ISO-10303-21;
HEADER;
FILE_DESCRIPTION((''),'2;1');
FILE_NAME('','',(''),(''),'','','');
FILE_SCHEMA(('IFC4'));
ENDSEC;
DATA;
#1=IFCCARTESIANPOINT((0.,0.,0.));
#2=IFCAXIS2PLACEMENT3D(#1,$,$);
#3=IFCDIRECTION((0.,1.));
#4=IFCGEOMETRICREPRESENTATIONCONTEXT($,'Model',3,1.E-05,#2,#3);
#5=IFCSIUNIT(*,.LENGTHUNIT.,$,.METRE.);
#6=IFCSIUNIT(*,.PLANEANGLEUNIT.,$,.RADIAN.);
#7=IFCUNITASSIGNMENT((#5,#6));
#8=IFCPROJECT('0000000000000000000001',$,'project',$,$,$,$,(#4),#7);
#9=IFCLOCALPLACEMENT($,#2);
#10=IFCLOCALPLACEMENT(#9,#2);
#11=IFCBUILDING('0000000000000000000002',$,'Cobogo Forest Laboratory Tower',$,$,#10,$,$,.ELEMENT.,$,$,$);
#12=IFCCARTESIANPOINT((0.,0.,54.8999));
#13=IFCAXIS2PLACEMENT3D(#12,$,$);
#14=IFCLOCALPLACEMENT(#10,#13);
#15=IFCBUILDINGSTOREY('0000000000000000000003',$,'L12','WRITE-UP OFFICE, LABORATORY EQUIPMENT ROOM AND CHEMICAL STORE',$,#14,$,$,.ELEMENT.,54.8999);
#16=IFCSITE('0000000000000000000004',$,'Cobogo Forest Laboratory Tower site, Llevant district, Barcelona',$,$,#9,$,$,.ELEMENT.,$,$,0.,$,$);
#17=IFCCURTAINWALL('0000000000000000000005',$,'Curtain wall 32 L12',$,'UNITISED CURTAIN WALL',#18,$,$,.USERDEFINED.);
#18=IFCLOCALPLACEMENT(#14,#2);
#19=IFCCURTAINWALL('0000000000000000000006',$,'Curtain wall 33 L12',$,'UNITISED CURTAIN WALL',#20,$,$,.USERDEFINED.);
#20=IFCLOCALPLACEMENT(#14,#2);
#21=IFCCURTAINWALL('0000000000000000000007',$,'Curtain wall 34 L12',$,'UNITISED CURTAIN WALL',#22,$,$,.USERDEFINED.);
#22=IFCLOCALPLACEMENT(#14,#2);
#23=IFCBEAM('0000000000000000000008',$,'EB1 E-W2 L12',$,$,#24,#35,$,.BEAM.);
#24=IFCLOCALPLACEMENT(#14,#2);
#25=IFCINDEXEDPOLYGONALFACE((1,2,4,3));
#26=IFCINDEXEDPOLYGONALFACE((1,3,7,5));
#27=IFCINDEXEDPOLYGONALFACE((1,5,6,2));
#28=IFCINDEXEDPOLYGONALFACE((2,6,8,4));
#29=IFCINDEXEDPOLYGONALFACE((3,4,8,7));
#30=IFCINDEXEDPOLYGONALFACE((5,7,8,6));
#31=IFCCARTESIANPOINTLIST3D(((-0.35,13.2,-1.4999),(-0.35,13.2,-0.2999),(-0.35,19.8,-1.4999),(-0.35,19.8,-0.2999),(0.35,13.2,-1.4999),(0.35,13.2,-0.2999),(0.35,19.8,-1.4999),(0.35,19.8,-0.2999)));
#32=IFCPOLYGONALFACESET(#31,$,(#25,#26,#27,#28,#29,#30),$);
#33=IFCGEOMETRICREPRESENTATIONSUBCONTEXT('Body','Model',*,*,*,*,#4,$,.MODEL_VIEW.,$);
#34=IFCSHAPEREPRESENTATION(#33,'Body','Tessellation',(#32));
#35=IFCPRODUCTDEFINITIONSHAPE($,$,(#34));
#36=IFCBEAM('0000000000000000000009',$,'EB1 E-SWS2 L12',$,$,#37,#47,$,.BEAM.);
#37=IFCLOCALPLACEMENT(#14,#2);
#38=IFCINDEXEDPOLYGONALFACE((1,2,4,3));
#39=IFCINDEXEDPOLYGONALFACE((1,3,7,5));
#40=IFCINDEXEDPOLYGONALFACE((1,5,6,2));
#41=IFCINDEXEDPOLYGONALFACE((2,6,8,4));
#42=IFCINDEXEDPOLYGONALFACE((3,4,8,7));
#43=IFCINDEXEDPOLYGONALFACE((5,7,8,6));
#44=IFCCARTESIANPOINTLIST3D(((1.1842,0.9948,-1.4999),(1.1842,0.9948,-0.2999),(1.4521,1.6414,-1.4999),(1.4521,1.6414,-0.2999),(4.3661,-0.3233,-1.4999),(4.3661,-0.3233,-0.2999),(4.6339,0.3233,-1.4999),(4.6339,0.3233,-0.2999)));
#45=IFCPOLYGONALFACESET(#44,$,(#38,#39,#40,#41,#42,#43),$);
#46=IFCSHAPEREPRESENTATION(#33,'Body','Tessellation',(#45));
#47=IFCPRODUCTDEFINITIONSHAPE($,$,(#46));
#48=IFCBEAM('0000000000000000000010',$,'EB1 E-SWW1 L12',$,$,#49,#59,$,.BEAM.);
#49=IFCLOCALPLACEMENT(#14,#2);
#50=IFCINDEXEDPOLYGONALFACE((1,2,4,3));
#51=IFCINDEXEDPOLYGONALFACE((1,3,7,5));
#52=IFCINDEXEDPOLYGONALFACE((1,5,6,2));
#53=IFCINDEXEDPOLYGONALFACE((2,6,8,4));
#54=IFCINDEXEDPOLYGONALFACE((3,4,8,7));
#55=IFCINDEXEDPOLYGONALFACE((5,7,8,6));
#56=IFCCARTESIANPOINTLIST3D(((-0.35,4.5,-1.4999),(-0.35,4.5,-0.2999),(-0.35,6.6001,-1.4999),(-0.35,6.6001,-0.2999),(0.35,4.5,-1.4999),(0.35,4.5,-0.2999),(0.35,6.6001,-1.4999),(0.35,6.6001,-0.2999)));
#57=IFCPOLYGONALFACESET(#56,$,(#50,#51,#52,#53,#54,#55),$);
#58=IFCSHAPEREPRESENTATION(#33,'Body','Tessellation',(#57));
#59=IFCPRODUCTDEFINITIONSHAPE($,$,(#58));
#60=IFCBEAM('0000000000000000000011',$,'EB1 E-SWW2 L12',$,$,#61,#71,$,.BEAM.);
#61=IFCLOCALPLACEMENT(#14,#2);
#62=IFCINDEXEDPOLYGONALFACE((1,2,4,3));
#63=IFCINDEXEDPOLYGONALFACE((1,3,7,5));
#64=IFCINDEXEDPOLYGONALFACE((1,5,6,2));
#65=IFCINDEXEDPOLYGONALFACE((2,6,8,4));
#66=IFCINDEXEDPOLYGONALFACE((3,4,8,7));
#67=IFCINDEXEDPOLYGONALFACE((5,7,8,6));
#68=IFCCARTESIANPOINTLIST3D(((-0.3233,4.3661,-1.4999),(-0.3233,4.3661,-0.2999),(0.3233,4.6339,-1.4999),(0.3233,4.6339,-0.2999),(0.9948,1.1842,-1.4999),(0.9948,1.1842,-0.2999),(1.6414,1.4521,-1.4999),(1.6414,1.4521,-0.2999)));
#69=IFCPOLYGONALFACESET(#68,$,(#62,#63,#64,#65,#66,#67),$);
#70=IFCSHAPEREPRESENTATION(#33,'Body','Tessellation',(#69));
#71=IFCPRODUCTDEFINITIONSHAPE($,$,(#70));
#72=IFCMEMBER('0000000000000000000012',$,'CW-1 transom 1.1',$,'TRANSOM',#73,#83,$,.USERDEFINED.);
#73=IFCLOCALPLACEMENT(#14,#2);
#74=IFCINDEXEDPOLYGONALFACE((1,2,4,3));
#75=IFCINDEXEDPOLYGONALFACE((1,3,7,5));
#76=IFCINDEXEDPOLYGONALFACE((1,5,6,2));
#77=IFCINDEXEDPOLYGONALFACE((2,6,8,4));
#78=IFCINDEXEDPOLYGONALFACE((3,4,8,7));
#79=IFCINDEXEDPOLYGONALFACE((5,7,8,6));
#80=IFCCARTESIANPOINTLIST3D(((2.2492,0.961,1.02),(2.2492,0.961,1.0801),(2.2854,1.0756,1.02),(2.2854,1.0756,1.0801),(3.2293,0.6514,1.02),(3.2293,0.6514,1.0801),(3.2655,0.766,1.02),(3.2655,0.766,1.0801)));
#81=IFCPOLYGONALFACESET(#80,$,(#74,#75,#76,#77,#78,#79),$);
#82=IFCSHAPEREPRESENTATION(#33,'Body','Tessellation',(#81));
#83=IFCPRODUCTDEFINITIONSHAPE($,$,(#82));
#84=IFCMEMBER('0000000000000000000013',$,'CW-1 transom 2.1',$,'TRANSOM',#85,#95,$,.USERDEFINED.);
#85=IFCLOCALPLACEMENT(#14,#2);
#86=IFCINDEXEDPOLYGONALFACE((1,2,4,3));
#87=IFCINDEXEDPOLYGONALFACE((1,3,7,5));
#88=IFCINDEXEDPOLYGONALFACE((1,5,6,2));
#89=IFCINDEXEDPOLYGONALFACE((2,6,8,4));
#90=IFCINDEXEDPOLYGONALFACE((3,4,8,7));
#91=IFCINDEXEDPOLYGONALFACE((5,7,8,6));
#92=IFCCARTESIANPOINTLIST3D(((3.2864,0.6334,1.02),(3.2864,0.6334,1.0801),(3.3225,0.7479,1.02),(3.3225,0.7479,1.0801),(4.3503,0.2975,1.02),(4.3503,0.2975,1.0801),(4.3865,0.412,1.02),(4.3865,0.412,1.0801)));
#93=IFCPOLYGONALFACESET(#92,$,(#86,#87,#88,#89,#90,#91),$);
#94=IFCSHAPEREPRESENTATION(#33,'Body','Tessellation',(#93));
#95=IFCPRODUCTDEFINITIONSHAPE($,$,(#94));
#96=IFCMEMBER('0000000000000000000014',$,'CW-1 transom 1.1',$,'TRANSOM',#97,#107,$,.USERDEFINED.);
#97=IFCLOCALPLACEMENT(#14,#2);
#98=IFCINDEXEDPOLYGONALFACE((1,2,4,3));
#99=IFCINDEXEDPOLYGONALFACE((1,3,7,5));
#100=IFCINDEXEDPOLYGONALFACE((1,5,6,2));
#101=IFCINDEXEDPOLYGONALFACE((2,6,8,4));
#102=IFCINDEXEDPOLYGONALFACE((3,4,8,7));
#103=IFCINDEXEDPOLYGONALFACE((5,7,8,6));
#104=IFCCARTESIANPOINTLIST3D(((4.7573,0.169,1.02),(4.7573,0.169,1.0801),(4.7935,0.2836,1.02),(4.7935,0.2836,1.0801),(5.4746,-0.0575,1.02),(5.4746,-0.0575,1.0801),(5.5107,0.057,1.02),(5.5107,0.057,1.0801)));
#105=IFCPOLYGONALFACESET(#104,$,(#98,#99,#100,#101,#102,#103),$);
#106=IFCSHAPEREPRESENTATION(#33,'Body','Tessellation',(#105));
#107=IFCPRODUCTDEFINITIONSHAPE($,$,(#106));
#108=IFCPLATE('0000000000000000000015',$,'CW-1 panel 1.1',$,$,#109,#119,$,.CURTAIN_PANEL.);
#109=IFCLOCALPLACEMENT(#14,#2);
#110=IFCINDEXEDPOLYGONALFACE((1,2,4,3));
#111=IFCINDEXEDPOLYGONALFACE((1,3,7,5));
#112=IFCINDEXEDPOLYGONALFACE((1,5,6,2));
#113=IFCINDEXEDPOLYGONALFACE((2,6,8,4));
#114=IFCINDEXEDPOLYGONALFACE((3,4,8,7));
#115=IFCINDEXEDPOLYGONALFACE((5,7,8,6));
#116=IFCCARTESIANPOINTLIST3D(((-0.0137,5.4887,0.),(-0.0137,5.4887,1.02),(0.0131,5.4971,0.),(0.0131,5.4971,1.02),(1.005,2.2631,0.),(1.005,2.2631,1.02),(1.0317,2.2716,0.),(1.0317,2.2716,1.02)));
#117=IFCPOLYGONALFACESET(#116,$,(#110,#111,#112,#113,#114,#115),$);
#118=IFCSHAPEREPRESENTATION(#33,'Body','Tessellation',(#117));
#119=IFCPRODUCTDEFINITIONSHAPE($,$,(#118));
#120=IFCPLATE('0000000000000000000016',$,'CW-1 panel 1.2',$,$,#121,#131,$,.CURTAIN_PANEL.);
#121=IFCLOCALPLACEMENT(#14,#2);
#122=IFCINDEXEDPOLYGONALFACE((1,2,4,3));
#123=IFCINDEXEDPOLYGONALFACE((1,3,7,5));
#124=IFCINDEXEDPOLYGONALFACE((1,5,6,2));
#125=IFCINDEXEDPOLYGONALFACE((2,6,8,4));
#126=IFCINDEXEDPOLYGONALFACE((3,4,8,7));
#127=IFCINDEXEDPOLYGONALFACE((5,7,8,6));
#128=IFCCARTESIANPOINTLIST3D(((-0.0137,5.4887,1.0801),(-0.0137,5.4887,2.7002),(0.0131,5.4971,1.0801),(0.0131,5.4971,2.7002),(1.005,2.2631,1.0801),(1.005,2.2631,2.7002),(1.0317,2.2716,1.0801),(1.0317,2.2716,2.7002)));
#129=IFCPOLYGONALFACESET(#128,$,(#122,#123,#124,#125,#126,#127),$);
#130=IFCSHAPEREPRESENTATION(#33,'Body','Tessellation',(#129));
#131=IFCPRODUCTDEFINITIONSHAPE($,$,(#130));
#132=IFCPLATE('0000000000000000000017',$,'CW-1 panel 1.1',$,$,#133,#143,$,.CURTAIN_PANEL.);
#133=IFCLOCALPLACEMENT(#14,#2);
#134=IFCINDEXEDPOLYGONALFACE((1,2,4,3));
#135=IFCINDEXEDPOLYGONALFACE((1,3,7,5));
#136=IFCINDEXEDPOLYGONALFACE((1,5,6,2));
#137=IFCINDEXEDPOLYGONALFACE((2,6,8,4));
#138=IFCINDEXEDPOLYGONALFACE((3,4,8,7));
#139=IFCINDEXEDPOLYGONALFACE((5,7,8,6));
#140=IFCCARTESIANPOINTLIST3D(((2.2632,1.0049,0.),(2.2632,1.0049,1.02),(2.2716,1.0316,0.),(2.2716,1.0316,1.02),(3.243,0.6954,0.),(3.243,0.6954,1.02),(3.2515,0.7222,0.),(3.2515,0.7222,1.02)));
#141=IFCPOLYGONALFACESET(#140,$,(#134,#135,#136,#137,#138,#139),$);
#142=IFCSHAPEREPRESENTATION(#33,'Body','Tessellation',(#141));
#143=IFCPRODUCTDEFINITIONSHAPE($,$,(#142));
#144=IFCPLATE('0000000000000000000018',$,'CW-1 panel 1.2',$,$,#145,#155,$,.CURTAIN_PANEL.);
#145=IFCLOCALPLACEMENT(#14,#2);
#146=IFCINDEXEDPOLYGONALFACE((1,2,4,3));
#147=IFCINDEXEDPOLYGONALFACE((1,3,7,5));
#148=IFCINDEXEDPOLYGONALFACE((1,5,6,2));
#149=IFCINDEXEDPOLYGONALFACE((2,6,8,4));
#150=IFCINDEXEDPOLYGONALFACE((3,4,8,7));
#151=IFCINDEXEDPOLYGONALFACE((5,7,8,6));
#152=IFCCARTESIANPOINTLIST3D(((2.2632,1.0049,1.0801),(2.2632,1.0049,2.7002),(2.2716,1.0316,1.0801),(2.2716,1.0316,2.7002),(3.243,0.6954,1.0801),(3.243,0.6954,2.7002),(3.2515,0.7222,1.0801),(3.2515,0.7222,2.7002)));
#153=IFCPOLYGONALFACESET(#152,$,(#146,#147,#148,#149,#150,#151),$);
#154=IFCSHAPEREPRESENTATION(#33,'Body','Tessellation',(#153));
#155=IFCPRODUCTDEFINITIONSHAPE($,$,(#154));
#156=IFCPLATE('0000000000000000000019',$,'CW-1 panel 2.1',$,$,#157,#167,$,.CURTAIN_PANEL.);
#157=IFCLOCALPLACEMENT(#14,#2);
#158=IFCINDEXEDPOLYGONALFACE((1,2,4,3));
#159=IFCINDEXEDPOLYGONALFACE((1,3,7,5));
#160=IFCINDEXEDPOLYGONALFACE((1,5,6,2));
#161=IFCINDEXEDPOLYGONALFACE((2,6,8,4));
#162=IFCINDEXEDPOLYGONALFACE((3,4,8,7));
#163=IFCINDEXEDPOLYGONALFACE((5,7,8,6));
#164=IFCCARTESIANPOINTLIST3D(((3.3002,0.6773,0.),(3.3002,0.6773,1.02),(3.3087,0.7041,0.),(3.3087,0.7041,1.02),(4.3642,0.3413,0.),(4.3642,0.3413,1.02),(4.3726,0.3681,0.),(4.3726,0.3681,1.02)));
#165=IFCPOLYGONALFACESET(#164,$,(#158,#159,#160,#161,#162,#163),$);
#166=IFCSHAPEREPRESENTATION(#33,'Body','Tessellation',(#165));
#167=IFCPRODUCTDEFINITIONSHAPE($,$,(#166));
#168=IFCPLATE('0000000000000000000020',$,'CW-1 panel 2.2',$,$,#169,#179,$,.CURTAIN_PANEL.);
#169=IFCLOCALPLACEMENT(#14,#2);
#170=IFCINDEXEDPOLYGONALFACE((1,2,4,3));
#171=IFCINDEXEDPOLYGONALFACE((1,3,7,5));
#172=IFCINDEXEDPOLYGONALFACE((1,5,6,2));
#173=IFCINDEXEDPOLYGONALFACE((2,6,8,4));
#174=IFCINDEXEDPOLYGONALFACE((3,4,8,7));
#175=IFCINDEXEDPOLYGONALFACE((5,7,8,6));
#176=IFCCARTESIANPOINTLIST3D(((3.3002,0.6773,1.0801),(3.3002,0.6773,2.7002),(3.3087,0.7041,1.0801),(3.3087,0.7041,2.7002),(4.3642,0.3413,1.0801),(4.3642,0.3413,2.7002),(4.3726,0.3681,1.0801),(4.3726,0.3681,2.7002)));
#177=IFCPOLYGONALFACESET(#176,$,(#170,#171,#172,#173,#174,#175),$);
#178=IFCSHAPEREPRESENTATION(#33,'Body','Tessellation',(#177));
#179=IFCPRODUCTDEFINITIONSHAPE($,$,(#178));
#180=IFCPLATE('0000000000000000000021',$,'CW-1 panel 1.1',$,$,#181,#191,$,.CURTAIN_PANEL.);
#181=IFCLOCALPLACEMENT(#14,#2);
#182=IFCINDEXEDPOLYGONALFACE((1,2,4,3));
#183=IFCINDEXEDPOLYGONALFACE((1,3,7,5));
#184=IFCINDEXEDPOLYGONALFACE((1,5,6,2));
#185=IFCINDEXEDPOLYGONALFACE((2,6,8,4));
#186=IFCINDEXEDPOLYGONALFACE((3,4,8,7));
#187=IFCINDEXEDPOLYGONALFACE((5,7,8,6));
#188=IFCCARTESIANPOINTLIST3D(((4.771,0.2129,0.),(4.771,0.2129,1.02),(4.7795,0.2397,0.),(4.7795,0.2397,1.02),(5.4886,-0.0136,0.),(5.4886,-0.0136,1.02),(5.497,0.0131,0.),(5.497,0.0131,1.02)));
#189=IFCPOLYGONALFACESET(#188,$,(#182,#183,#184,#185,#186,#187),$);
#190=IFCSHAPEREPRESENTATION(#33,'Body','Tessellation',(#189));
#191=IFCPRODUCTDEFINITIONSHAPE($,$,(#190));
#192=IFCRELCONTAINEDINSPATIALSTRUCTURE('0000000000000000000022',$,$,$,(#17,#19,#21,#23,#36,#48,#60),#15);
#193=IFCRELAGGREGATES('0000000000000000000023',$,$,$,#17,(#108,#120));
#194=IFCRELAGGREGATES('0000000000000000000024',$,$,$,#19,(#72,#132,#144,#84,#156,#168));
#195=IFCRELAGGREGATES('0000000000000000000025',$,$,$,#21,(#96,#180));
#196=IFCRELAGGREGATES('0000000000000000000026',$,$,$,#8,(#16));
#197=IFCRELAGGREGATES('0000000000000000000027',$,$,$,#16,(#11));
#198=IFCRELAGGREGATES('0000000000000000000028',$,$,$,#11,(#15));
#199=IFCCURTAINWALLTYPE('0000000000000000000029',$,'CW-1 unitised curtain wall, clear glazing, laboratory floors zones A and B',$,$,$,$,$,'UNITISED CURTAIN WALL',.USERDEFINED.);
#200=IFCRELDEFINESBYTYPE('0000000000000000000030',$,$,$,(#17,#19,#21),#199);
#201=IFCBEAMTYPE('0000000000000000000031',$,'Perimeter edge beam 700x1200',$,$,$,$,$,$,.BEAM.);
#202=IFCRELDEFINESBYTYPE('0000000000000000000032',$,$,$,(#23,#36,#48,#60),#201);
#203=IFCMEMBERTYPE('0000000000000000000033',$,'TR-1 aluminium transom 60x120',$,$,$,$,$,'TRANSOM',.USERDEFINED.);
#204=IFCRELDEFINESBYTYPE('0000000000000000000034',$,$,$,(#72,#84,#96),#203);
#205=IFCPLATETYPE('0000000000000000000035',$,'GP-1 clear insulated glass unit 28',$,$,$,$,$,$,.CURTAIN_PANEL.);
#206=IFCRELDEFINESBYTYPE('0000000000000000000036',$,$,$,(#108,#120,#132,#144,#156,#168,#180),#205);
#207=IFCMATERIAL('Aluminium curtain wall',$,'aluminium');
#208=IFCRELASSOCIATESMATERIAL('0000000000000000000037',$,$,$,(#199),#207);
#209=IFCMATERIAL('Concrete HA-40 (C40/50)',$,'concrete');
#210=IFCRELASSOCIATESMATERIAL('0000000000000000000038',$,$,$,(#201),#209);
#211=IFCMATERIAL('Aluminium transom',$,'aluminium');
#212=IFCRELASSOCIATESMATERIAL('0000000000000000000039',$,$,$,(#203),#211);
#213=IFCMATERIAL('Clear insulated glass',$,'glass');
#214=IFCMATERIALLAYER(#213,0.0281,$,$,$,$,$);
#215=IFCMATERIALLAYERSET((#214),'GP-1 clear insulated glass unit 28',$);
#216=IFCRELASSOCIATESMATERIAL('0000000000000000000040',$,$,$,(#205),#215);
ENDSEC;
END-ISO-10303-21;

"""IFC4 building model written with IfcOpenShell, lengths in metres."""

from ifc_helpers import new_model, si_unit, direction, frame, origin, origin_2d, place, context, subcontext, project, spatial, rectangle, extrude, material, layer, layer_set, material_profile, profile_set, type_object, element, aggregate, save


model = new_model("IFC4")

# Units and contexts
model_context = context("Model", 3, precision=1e-05, world=origin(), true_north=direction((0.0, 1.0)))
body_context = subcontext(model_context, "Body", "Model", "MODEL_VIEW")
ifc_project = project(units=[si_unit("LENGTHUNIT", "METRE"), si_unit("PLANEANGLEUNIT", "RADIAN")], contexts=[model_context])

# Site, building, storey
site_placement = place(None, origin())
site = spatial("IfcSite", under=ifc_project, at=site_placement, Name="Cobogo Forest Laboratory Tower site, Llevant district, Barcelona", CompositionType="ELEMENT", RefElevation=0.0)
building_placement = place(site_placement, origin())
building = spatial("IfcBuilding", under=site, at=building_placement, Name="Cobogo Forest Laboratory Tower", CompositionType="ELEMENT")
storey_placement = place(building_placement, frame((0.0, 0.0, 54.8999)))
storey = spatial("IfcBuildingStorey", under=building, at=storey_placement, Name="L12", Description="WRITE-UP OFFICE, LABORATORY EQUIPMENT ROOM AND CHEMICAL STORE", CompositionType="ELEMENT", Elevation=54.8999)

# Curtain wall
ifc_material_1 = material(Name="Aluminium curtain wall", Category="aluminium")
curtain_wall_type = type_object("IfcCurtainWallType", Name="CW-1 unitised curtain wall, clear glazing, laboratory floors zones A and B", ElementType="UNITISED CURTAIN WALL", PredefinedType="USERDEFINED", material=ifc_material_1)
curtain_wall_1_placement = place(storey_placement, origin())
curtain_wall_1 = element("IfcCurtainWall", 1, at=curtain_wall_1_placement, inside=storey, type_object=curtain_wall_type, Name="Curtain wall 32 L12", ObjectType="UNITISED CURTAIN WALL", PredefinedType="USERDEFINED")

# Curtain wall
curtain_wall_2_placement = place(storey_placement, origin())
curtain_wall_2 = element("IfcCurtainWall", 2, at=curtain_wall_2_placement, inside=storey, type_object=curtain_wall_type, Name="Curtain wall 33 L12", ObjectType="UNITISED CURTAIN WALL", PredefinedType="USERDEFINED")

# Curtain wall
curtain_wall_3_placement = place(storey_placement, origin())
curtain_wall_3 = element("IfcCurtainWall", 3, at=curtain_wall_3_placement, inside=storey, type_object=curtain_wall_type, Name="Curtain wall 34 L12", ObjectType="UNITISED CURTAIN WALL", PredefinedType="USERDEFINED")

# Beams
ifc_material_2 = material(Name="Concrete HA-40 (C40/50)", Category="concrete")
ifc_material_profile_1 = material_profile(ifc_material_2, rectangle(XDim=0.7, YDim=1.2, at=origin_2d()), Name="RC 700x1200")
ifc_profile_set_1 = profile_set([ifc_material_profile_1], Name="Concrete HA-40 (C40/50)")
beam_type_1 = type_object("IfcBeamType", Name="Perimeter edge beam 700x1200", PredefinedType="BEAM", material=ifc_profile_set_1)
beam_1_placement = place(storey_placement, frame((0.0, 13.2, -0.8999), z_axis=(0.0, 1.0, 0.0), x_axis=(-1.0, 0.0, 0.0)))
element("IfcBeam", 4, at=beam_1_placement, inside=storey, type_object=beam_type_1, Name="EB1 E-W2 L12", PredefinedType="BEAM", context=body_context, shape_type="SweptSolid", body=[
    extrude(rectangle(XDim=0.7, YDim=1.2, at=origin_2d()), origin(), (0.0, 0.0, 1.0), 6.6001),
])
beam_2_placement = place(storey_placement, frame((4.5, 0.0, -0.8999), z_axis=(-0.923866, 0.382717, 0.0), x_axis=(-0.382717, -0.923866, 0.0)))
element("IfcBeam", 5, at=beam_2_placement, inside=storey, type_object=beam_type_1, Name="EB1 E-SWS2 L12", PredefinedType="BEAM", context=body_context, shape_type="SweptSolid", body=[
    extrude(rectangle(XDim=0.7, YDim=1.2, at=origin_2d()), origin(), (0.0, 0.0, 1.0), 3.4441),
])
beam_3_placement = place(storey_placement, frame((0.0, 6.6001, -0.8999), z_axis=(0.0, -1.0, 0.0), x_axis=(1.0, 0.0, 0.0)))
element("IfcBeam", 6, at=beam_3_placement, inside=storey, type_object=beam_type_1, Name="EB1 E-SWW1 L12", PredefinedType="BEAM", context=body_context, shape_type="SweptSolid", body=[
    extrude(rectangle(XDim=0.7, YDim=1.2, at=origin_2d()), origin(), (0.0, 0.0, 1.0), 2.1001),
])
beam_4_placement = place(storey_placement, frame((0.0, 4.5, -0.8999), z_axis=(0.382717, -0.923866, 0.0), x_axis=(0.923866, 0.382717, 0.0)))
element("IfcBeam", 7, at=beam_4_placement, inside=storey, type_object=beam_type_1, Name="EB1 E-SWW2 L12", PredefinedType="BEAM", context=body_context, shape_type="SweptSolid", body=[
    extrude(rectangle(XDim=0.7, YDim=1.2, at=origin_2d()), origin(), (0.0, 0.0, 1.0), 3.4441),
])

# Members
ifc_material_3 = material(Name="Aluminium transom", Category="aluminium")
ifc_material_profile_2 = material_profile(ifc_material_3, rectangle(XDim=0.1201, YDim=0.0601, at=origin_2d()), Name="AL 60x120")
ifc_profile_set_2 = profile_set([ifc_material_profile_2], Name="Aluminium transom")
member_type_1 = type_object("IfcMemberType", Name="TR-1 aluminium transom 60x120", ElementType="TRANSOM", PredefinedType="USERDEFINED", material=ifc_profile_set_2)
member_1_placement = place(storey_placement, frame((2.2673, 1.0183, 1.05), z_axis=(0.953554, -0.301222, 0.0), x_axis=(0.301222, 0.953554, 0.0)))
member_1 = element("IfcMember", 8, at=member_1_placement, type_object=member_type_1, Name="CW-1 transom 1.1", ObjectType="TRANSOM", PredefinedType="USERDEFINED", context=body_context, shape_type="SweptSolid", body=[
    extrude(rectangle(XDim=0.1201, YDim=0.0601, at=origin_2d()), origin(), (0.0, 0.0, 1.0), 1.0278),
])
member_2_placement = place(storey_placement, frame((3.3044, 0.6907, 1.05), z_axis=(0.953596, -0.301089, 0.0), x_axis=(0.301089, 0.953596, 0.0)))
member_2 = element("IfcMember", 9, at=member_2_placement, type_object=member_type_1, Name="CW-1 transom 2.1", ObjectType="TRANSOM", PredefinedType="USERDEFINED", context=body_context, shape_type="SweptSolid", body=[
    extrude(rectangle(XDim=0.1201, YDim=0.0601, at=origin_2d()), origin(), (0.0, 0.0, 1.0), 1.1157),
])
member_3_placement = place(storey_placement, frame((4.7754, 0.2263, 1.05), z_axis=(0.953563, -0.301194, 0.0), x_axis=(0.301194, 0.953563, 0.0)))
member_3 = element("IfcMember", 10, at=member_3_placement, type_object=member_type_1, Name="CW-1 transom 1.1", ObjectType="TRANSOM", PredefinedType="USERDEFINED", context=body_context, shape_type="SweptSolid", body=[
    extrude(rectangle(XDim=0.1201, YDim=0.0601, at=origin_2d()), origin(), (0.0, 0.0, 1.0), 0.7522),
])

# Plates
ifc_material_4 = material(Name="Clear insulated glass", Category="glass")
ifc_layer_1 = layer(ifc_material_4, 0.0281)
ifc_layer_set_1 = layer_set([ifc_layer_1], Name="GP-1 clear insulated glass unit 28")
plate_type = type_object("IfcPlateType", Name="GP-1 clear insulated glass unit 28", PredefinedType="CURTAIN_PANEL", material=ifc_layer_set_1)
plate_1_placement = place(storey_placement, frame((0.509, 3.8801, 0.0), z_axis=(0.0, 0.0, 1.0), x_axis=(0.301135, -0.953581, 0.0)))
plate_1 = element("IfcPlate", 11, at=plate_1_placement, type_object=plate_type, Name="CW-1 panel 1.1", PredefinedType="CURTAIN_PANEL", context=body_context, shape_type="SweptSolid", body=[
    extrude(rectangle(XDim=3.3826, YDim=0.0281, at=origin_2d()), origin(), (0.0, 0.0, 1.0), 1.02),
])
plate_2_placement = place(storey_placement, frame((0.509, 3.8801, 1.0801), z_axis=(0.0, 0.0, 1.0), x_axis=(0.301135, -0.953581, 0.0)))
plate_2 = element("IfcPlate", 12, at=plate_2_placement, type_object=plate_type, Name="CW-1 panel 1.2", PredefinedType="CURTAIN_PANEL", context=body_context, shape_type="SweptSolid", body=[
    extrude(rectangle(XDim=3.3826, YDim=0.0281, at=origin_2d()), origin(), (0.0, 0.0, 1.0), 1.6201),
])
aggregate(curtain_wall_1, [plate_1, plate_2])
plate_3_placement = place(storey_placement, frame((2.7573, 0.8635, 0.0), z_axis=(0.0, 0.0, 1.0), x_axis=(0.953581, -0.301135, 0.0)))
plate_3 = element("IfcPlate", 13, at=plate_3_placement, type_object=plate_type, Name="CW-1 panel 1.1", PredefinedType="CURTAIN_PANEL", context=body_context, shape_type="SweptSolid", body=[
    extrude(rectangle(XDim=1.0276, YDim=0.0281, at=origin_2d()), origin(), (0.0, 0.0, 1.0), 1.02),
])
plate_4_placement = place(storey_placement, frame((2.7573, 0.8635, 1.0801), z_axis=(0.0, 0.0, 1.0), x_axis=(0.953581, -0.301135, 0.0)))
plate_4 = element("IfcPlate", 14, at=plate_4_placement, type_object=plate_type, Name="CW-1 panel 1.2", PredefinedType="CURTAIN_PANEL", context=body_context, shape_type="SweptSolid", body=[
    extrude(rectangle(XDim=1.0276, YDim=0.0281, at=origin_2d()), origin(), (0.0, 0.0, 1.0), 1.6201),
])
plate_5_placement = place(storey_placement, frame((3.8364, 0.5227, 0.0), z_axis=(0.0, 0.0, 1.0), x_axis=(0.953581, -0.301135, 0.0)))
plate_5 = element("IfcPlate", 15, at=plate_5_placement, type_object=plate_type, Name="CW-1 panel 2.1", PredefinedType="CURTAIN_PANEL", context=body_context, shape_type="SweptSolid", body=[
    extrude(rectangle(XDim=1.1157, YDim=0.0281, at=origin_2d()), origin(), (0.0, 0.0, 1.0), 1.02),
])
plate_6_placement = place(storey_placement, frame((3.8364, 0.5227, 1.0801), z_axis=(0.0, 0.0, 1.0), x_axis=(0.953581, -0.301135, 0.0)))
plate_6 = element("IfcPlate", 16, at=plate_6_placement, type_object=plate_type, Name="CW-1 panel 2.2", PredefinedType="CURTAIN_PANEL", context=body_context, shape_type="SweptSolid", body=[
    extrude(rectangle(XDim=1.1157, YDim=0.0281, at=origin_2d()), origin(), (0.0, 0.0, 1.0), 1.6201),
])
aggregate(curtain_wall_2, [member_1, plate_3, plate_4, member_2, plate_5, plate_6])
plate_7_placement = place(storey_placement, frame((5.134, 0.113, 0.0), z_axis=(0.0, 0.0, 1.0), x_axis=(0.953582, -0.301135, 0.0)))
plate_7 = element("IfcPlate", 17, at=plate_7_placement, type_object=plate_type, Name="CW-1 panel 1.1", PredefinedType="CURTAIN_PANEL", context=body_context, shape_type="SweptSolid", body=[
    extrude(rectangle(XDim=0.7524, YDim=0.0281, at=origin_2d()), origin(), (0.0, 0.0, 1.0), 1.02),
])
aggregate(curtain_wall_3, [member_3, plate_7])

save(model, "model.ifc")
